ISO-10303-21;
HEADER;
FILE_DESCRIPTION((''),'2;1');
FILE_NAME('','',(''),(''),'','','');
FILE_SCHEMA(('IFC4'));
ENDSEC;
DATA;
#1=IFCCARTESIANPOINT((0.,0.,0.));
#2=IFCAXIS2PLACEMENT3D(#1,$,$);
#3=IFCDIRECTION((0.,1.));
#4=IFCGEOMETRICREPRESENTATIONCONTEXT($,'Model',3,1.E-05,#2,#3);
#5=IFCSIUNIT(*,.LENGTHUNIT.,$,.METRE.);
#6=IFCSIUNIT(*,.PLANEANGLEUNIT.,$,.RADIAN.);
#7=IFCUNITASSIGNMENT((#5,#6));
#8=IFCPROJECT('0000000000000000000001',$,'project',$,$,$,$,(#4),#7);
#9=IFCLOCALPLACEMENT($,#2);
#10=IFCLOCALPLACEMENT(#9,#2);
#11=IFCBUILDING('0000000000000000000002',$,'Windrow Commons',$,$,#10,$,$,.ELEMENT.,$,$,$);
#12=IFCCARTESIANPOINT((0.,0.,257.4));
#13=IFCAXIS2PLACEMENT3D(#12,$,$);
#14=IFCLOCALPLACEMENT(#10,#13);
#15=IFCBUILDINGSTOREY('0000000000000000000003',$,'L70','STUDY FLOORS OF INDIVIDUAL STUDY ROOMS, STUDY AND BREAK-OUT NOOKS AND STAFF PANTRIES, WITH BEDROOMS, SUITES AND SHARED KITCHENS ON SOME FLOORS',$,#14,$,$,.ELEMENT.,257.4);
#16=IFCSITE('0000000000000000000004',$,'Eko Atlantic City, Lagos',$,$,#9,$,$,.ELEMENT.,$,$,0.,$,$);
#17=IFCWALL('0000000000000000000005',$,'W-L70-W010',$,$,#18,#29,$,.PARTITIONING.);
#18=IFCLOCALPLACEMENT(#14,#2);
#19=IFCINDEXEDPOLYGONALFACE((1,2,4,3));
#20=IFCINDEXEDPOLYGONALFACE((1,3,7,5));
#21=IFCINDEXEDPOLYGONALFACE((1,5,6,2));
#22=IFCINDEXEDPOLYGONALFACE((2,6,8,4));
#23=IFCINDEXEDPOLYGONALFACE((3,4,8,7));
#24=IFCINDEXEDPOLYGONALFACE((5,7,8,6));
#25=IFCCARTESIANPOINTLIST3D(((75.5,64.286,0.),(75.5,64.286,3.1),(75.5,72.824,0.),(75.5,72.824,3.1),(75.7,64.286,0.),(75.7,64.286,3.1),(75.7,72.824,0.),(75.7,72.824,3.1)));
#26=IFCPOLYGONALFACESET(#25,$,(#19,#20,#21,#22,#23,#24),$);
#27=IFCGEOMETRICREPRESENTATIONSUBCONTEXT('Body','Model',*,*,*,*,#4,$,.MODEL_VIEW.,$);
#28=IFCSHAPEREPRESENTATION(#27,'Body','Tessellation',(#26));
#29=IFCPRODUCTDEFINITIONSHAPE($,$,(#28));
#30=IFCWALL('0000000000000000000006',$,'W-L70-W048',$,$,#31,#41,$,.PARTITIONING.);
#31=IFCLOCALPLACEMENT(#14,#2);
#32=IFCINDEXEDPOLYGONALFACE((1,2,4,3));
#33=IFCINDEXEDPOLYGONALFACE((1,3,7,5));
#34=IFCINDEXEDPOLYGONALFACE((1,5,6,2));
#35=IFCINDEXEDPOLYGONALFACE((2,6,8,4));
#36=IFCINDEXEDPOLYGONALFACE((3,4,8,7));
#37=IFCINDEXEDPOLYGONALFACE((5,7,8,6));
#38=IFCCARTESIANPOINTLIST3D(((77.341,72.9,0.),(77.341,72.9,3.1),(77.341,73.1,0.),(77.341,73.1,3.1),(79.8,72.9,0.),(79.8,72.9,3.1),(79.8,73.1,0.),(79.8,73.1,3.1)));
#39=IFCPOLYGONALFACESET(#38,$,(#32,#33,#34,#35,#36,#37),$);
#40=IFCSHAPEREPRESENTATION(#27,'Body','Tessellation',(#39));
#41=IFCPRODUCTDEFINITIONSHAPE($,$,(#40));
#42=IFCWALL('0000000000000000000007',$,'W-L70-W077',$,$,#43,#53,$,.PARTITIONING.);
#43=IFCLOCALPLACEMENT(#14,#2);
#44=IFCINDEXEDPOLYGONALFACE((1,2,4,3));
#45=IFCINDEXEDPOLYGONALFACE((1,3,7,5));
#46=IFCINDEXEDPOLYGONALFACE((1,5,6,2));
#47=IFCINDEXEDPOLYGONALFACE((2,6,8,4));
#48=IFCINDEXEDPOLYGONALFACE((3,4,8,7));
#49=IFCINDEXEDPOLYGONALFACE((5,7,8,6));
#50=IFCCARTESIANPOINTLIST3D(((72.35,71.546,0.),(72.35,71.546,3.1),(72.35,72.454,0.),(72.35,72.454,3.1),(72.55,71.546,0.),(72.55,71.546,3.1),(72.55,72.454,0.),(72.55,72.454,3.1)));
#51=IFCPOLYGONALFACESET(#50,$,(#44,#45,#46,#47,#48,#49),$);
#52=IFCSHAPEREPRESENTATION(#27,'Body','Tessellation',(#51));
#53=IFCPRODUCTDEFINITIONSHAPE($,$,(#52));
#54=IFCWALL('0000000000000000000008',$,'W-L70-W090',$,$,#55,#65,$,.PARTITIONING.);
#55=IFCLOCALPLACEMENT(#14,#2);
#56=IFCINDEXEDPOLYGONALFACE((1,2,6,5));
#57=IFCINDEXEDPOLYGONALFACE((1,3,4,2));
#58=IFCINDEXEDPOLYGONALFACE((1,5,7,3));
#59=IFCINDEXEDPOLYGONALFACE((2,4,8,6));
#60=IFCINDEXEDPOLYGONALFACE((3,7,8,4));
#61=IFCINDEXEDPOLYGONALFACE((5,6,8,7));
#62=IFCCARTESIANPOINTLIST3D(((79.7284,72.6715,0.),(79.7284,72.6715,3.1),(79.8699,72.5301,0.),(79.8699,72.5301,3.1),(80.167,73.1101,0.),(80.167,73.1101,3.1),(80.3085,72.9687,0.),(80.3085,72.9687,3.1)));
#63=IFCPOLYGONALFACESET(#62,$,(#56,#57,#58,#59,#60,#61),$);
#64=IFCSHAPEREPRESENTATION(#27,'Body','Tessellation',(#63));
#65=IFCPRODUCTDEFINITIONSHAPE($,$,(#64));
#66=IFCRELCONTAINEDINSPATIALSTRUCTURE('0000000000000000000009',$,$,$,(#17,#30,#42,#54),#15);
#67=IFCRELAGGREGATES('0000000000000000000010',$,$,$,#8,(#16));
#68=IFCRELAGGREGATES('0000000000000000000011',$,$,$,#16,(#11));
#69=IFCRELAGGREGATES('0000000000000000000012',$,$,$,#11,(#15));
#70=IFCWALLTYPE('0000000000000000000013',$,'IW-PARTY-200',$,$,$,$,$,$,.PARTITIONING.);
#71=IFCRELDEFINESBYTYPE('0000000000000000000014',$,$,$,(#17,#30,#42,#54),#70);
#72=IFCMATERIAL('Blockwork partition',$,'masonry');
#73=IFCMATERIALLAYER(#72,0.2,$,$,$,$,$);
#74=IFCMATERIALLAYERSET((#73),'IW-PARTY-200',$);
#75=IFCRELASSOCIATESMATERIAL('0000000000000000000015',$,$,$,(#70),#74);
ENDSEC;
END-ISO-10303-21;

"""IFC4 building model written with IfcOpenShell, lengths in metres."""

from ifc_helpers import new_model, si_unit, direction, frame, frame_2d, origin, place, context, subcontext, project, spatial, rectangle, extrude, material, layer, layer_set, type_object, element, save


model = new_model("IFC4")

# Units and contexts
model_context = context("Model", 3, precision=1e-05, world=origin(), true_north=direction((0.0, 1.0)))
body_context = subcontext(model_context, "Body", "Model", "MODEL_VIEW")
ifc_project = project(units=[si_unit("LENGTHUNIT", "METRE"), si_unit("PLANEANGLEUNIT", "RADIAN")], contexts=[model_context])

# Site, building, storey
site_placement = place(None, origin())
site = spatial("IfcSite", under=ifc_project, at=site_placement, Name="Eko Atlantic City, Lagos", CompositionType="ELEMENT", RefElevation=0.0)
building_placement = place(site_placement, origin())
building = spatial("IfcBuilding", under=site, at=building_placement, Name="Windrow Commons", CompositionType="ELEMENT")
storey_placement = place(building_placement, frame((0.0, 0.0, 257.4)))
storey = spatial("IfcBuildingStorey", under=building, at=storey_placement, Name="L70", Description="STUDY FLOORS OF INDIVIDUAL STUDY ROOMS, STUDY AND BREAK-OUT NOOKS AND STAFF PANTRIES, WITH BEDROOMS, SUITES AND SHARED KITCHENS ON SOME FLOORS", CompositionType="ELEMENT", Elevation=257.4)

# Walls
ifc_material_1 = material(Name="Blockwork partition", Category="masonry")
ifc_layer_1 = layer(ifc_material_1, 0.2)
ifc_layer_set_1 = layer_set([ifc_layer_1], Name="IW-PARTY-200")
wall_type_1 = type_object("IfcWallType", Name="IW-PARTY-200", PredefinedType="PARTITIONING", material=ifc_layer_set_1)
wall_1_placement = place(storey_placement, frame((75.6, 64.286, 0.0), z_axis=(0.0, 0.0, 1.0), x_axis=(0.0, 1.0, 0.0)))
element("IfcWall", 1, at=wall_1_placement, inside=storey, type_object=wall_type_1, Name="W-L70-W010", PredefinedType="PARTITIONING", context=body_context, shape_type="SweptSolid", body=[
    extrude(rectangle(XDim=8.5379, YDim=0.2, at=frame_2d((4.269, 0.0))), origin(), (0.0, 0.0, 1.0), 3.1),
])
wall_2_placement = place(storey_placement, frame((77.3411, 73.0, 0.0), z_axis=(0.0, 0.0, 1.0), x_axis=(1.0, 0.0, 0.0)))
element("IfcWall", 2, at=wall_2_placement, inside=storey, type_object=wall_type_1, Name="W-L70-W048", PredefinedType="PARTITIONING", context=body_context, shape_type="SweptSolid", body=[
    extrude(rectangle(XDim=2.4589, YDim=0.2, at=frame_2d((1.2294, 0.0))), origin(), (0.0, 0.0, 1.0), 3.1),
])
wall_3_placement = place(storey_placement, frame((72.45, 71.546, 0.0), z_axis=(0.0, 0.0, 1.0), x_axis=(0.0, 1.0, 0.0)))
element("IfcWall", 3, at=wall_3_placement, inside=storey, type_object=wall_type_1, Name="W-L70-W077", PredefinedType="PARTITIONING", context=body_context, shape_type="SweptSolid", body=[
    extrude(rectangle(XDim=0.908, YDim=0.2, at=frame_2d((0.454, 0.0))), origin(), (0.0, 0.0, 1.0), 3.1),
])
wall_4_placement = place(storey_placement, frame((79.7992, 72.6008, 0.0), z_axis=(0.0, 0.0, 1.0), x_axis=(0.707026, 0.707187, 0.0)))
element("IfcWall", 4, at=wall_4_placement, inside=storey, type_object=wall_type_1, Name="W-L70-W090", PredefinedType="PARTITIONING", context=body_context, shape_type="SweptSolid", body=[
    extrude(rectangle(XDim=0.6203, YDim=0.2, at=frame_2d((0.3101, 0.0))), origin(), (0.0, 0.0, 1.0), 3.1),
])

save(model, "model.ifc")
